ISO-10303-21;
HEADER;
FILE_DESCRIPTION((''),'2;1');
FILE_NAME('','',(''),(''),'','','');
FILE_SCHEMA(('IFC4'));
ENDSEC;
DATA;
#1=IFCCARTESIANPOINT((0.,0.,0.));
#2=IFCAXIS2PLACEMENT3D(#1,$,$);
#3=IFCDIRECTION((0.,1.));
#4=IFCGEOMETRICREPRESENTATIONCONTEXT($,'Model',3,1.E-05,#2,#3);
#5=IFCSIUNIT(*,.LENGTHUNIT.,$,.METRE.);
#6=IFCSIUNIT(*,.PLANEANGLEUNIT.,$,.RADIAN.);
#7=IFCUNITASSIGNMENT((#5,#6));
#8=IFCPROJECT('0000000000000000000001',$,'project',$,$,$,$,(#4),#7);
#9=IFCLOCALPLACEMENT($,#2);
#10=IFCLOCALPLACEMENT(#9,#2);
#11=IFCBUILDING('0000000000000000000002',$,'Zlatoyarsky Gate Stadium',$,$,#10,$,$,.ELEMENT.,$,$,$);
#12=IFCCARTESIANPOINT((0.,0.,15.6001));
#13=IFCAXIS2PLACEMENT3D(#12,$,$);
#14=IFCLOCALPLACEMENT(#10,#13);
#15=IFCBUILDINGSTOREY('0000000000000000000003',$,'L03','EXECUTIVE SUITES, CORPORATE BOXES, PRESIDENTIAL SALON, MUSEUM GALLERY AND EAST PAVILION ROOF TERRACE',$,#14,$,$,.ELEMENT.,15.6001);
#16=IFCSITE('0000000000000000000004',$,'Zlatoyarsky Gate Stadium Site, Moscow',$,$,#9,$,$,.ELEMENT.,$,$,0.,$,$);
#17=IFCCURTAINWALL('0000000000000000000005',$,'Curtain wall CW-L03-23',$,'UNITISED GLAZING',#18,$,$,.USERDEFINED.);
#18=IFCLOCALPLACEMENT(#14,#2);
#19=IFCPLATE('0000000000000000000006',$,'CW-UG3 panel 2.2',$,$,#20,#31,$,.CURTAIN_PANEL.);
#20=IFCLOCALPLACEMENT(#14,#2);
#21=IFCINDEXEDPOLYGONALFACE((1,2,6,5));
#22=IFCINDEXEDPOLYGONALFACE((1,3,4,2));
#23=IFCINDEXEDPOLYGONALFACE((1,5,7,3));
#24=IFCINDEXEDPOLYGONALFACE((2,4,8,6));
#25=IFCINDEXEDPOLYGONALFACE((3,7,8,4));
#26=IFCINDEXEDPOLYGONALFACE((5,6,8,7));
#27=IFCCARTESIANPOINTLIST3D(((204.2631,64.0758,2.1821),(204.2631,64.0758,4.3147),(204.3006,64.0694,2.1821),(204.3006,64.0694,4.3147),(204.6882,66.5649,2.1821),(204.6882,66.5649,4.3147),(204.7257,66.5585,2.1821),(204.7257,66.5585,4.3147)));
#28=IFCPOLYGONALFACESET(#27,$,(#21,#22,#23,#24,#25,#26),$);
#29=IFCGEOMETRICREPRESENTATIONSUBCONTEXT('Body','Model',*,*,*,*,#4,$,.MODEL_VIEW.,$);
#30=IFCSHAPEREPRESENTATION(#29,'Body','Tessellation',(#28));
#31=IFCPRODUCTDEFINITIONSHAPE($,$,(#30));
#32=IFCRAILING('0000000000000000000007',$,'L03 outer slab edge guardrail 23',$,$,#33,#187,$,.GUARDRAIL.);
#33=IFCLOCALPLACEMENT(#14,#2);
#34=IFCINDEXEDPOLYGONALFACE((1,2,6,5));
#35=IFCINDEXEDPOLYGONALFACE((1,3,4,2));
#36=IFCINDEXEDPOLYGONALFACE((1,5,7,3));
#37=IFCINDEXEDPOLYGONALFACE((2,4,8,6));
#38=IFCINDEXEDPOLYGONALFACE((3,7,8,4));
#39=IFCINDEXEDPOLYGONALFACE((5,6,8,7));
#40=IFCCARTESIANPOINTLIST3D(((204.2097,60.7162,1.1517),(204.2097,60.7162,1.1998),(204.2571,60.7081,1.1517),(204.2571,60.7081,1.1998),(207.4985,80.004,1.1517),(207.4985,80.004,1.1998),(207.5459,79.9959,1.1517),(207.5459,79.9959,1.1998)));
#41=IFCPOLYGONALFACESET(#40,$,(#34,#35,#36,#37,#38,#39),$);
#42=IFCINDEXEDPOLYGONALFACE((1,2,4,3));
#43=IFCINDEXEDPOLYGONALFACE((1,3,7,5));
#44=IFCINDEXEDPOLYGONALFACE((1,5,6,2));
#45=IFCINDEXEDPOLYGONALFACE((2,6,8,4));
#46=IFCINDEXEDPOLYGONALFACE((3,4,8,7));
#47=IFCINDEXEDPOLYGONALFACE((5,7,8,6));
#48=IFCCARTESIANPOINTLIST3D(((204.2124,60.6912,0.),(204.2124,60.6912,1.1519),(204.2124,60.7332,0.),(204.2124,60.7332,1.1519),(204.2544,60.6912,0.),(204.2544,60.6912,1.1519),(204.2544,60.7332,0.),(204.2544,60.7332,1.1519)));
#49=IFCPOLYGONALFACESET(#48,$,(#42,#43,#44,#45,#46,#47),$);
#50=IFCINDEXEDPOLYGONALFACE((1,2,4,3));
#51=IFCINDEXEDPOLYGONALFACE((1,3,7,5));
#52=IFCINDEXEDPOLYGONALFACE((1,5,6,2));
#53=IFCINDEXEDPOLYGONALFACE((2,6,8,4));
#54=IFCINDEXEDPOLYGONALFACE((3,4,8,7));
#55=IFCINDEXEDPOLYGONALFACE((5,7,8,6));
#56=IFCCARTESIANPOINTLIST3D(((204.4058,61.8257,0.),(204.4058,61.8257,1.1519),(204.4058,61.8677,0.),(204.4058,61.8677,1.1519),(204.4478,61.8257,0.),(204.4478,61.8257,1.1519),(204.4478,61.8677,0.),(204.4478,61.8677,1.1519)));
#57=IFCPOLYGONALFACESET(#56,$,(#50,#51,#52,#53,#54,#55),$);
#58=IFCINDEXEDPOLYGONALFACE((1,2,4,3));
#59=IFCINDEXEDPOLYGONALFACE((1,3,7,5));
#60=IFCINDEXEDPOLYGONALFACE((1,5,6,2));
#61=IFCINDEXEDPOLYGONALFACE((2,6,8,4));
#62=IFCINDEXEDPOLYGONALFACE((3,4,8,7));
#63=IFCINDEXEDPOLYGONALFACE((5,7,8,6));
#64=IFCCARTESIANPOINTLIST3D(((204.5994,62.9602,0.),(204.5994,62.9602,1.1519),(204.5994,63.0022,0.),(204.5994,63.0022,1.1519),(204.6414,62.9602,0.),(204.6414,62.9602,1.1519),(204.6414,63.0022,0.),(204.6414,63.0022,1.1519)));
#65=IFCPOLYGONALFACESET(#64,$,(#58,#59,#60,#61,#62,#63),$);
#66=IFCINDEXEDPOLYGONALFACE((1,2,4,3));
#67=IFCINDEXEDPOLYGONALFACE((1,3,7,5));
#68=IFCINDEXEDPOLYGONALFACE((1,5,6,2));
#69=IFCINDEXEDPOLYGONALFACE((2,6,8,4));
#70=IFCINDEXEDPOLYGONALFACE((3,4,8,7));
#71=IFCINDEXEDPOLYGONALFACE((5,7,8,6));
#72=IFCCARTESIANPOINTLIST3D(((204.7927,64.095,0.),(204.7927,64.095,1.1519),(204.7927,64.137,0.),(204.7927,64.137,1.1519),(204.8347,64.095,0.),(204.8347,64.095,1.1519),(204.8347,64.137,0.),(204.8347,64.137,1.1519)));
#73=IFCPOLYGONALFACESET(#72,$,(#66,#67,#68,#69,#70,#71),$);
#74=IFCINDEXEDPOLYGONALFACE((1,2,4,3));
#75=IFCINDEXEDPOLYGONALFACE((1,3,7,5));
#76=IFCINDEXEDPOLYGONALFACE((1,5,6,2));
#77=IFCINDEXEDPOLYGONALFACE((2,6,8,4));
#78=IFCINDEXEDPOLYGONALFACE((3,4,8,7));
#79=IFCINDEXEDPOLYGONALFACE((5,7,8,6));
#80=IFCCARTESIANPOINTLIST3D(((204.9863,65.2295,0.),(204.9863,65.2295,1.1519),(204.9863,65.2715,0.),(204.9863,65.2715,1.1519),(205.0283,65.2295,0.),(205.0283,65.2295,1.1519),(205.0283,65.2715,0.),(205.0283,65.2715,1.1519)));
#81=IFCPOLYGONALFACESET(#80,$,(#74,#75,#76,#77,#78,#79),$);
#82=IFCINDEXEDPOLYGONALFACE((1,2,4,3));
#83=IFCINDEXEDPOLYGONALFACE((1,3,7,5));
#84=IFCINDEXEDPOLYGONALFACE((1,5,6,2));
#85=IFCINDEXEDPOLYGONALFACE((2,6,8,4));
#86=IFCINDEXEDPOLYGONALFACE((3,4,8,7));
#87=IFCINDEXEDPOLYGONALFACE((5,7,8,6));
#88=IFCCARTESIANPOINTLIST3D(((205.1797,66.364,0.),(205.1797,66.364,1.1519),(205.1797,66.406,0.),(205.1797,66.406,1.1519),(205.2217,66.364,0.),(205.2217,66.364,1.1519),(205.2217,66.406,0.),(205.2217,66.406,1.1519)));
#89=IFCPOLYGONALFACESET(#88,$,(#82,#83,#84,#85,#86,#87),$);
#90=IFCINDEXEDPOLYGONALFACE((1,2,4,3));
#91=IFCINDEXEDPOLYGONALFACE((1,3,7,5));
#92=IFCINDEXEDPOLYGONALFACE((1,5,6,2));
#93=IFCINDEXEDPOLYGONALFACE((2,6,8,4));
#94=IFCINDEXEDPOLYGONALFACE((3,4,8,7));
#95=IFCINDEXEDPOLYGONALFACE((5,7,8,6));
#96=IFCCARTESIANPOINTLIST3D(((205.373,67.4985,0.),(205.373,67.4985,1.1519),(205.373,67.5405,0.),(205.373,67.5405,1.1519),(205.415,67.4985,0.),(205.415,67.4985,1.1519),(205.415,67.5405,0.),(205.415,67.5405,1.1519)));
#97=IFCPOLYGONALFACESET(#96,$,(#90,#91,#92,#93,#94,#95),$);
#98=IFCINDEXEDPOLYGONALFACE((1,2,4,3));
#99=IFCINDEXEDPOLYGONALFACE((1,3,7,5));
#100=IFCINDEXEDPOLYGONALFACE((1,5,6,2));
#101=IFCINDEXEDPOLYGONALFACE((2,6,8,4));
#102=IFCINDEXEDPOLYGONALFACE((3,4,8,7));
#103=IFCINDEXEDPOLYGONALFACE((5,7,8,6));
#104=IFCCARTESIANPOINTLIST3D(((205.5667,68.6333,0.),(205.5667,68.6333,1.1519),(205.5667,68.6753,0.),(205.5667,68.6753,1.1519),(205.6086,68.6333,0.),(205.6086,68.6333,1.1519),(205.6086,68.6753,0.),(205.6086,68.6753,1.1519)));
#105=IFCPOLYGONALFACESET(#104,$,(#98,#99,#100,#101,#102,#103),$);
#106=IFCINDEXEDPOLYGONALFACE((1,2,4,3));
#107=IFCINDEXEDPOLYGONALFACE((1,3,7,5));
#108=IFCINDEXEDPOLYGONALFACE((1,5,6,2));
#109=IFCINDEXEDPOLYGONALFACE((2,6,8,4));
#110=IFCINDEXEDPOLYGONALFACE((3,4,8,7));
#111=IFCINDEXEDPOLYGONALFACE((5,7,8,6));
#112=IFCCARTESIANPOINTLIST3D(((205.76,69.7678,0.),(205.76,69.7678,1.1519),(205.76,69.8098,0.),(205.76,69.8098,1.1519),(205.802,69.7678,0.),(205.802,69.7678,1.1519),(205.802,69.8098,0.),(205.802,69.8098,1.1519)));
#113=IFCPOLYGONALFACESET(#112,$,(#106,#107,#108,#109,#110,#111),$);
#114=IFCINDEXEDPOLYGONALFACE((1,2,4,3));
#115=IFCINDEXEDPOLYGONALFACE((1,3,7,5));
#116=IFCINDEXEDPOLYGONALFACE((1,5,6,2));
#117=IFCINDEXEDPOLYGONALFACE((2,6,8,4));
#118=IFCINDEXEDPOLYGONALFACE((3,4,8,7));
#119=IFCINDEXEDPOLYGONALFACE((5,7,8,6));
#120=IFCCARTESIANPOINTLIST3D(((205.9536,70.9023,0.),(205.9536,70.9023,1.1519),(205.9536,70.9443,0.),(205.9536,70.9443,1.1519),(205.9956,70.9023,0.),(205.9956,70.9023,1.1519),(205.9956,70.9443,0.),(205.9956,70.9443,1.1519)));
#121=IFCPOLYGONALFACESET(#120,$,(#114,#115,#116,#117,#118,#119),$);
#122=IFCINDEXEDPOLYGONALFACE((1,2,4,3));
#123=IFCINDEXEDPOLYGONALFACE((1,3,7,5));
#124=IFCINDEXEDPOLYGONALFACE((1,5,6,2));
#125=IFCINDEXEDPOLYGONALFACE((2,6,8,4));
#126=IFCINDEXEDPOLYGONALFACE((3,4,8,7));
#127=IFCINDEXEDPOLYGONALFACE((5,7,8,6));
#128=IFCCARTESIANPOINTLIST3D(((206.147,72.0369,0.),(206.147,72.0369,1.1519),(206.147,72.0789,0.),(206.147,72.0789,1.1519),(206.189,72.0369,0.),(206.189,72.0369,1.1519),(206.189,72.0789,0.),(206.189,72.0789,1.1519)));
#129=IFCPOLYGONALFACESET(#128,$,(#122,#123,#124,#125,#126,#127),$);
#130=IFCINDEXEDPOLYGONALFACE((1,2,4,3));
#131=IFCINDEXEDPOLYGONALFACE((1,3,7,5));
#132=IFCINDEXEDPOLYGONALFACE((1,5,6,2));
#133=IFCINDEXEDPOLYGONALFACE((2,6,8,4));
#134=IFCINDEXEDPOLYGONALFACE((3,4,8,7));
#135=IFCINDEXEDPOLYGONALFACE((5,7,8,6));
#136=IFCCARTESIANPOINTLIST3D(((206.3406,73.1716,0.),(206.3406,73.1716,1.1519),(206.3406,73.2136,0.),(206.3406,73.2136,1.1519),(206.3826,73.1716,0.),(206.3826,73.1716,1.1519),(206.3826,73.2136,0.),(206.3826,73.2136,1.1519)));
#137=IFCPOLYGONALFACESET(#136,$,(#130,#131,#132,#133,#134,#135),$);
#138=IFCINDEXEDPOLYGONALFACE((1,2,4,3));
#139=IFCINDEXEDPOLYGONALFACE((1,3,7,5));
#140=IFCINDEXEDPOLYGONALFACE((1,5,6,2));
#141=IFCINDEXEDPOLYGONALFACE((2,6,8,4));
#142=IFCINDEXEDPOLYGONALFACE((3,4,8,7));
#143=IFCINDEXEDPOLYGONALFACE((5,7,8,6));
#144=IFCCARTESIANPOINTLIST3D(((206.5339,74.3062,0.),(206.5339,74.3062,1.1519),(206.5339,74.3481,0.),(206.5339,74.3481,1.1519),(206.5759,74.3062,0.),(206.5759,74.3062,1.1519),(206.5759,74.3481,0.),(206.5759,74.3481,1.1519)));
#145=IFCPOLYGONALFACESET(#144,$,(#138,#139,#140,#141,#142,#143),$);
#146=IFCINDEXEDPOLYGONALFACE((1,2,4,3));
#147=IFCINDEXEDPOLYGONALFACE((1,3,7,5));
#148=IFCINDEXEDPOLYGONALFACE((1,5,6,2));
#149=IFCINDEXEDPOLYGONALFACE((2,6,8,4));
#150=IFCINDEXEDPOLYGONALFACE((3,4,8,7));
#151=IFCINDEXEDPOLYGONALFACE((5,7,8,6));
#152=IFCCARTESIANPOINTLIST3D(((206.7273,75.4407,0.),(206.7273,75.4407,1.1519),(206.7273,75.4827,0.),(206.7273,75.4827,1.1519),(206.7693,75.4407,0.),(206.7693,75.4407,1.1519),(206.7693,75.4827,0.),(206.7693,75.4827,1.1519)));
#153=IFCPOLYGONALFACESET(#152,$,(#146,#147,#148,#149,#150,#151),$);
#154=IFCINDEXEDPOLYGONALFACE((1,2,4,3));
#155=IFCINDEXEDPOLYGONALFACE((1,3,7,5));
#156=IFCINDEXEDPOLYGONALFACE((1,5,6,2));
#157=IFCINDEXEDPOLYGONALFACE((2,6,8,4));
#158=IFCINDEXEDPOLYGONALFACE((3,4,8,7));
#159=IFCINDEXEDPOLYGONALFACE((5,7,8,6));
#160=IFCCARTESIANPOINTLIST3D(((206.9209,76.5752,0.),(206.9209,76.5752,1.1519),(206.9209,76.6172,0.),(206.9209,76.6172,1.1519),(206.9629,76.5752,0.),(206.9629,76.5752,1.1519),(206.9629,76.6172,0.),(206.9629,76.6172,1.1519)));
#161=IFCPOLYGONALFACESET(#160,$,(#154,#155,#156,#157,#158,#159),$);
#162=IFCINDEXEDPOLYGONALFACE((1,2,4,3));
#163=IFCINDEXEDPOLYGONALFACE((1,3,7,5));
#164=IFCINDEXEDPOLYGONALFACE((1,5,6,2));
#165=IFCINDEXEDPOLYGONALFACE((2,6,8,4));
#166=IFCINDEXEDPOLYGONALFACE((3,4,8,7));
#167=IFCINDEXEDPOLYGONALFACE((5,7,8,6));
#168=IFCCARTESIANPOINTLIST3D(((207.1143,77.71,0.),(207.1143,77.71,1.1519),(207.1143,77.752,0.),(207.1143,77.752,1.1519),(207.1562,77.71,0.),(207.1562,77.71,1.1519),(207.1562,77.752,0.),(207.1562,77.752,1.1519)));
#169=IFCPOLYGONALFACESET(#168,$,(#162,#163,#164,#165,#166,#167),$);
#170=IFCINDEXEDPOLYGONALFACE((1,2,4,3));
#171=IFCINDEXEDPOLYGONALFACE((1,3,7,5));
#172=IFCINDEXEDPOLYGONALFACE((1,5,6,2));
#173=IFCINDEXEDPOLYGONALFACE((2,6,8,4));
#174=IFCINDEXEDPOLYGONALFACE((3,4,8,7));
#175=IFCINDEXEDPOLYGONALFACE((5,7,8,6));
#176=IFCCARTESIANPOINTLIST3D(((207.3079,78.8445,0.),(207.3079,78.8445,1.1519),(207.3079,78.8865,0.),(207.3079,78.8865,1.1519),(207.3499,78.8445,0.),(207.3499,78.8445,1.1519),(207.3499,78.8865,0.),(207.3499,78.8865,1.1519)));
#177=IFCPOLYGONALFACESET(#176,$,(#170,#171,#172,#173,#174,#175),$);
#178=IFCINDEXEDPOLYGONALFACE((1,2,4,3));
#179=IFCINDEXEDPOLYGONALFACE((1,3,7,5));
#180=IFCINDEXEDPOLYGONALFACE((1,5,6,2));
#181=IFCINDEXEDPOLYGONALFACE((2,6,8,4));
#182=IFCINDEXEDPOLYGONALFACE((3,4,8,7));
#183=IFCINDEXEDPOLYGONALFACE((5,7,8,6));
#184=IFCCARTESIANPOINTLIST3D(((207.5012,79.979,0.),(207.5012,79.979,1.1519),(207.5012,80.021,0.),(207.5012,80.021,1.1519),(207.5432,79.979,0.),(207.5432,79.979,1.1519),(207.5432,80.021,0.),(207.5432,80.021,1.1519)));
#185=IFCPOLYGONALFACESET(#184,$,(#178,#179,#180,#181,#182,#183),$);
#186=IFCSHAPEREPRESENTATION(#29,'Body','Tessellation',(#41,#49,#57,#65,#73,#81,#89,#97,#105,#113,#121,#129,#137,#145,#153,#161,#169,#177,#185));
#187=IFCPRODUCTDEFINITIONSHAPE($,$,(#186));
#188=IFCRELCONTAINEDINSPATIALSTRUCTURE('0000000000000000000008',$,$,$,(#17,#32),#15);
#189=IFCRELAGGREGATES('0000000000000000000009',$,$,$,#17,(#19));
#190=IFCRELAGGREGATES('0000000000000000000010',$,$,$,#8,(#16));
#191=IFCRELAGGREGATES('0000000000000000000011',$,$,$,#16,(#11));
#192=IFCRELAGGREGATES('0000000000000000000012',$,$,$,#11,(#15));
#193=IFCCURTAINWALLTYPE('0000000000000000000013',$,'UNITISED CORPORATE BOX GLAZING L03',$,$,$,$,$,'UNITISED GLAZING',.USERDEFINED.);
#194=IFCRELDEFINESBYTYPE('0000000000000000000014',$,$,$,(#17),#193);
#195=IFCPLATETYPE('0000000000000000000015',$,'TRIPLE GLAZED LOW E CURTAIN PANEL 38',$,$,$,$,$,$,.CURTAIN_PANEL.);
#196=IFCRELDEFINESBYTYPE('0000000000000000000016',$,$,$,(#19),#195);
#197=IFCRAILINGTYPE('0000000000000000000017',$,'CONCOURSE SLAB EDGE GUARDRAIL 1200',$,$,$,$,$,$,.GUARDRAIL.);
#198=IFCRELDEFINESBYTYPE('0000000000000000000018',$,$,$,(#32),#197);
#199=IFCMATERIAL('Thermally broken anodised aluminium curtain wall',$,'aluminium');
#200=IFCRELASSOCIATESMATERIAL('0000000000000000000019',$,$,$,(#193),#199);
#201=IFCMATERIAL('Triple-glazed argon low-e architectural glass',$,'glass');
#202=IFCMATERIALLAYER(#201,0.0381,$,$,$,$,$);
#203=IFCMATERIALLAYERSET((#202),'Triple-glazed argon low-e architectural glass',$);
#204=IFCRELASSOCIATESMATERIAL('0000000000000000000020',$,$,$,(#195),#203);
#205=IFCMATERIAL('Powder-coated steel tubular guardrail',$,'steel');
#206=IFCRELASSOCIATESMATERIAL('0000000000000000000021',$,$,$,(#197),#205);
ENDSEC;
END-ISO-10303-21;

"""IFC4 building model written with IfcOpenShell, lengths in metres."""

from ifc_helpers import new_model, si_unit, direction, frame, origin, origin_2d, place, context, subcontext, project, spatial, rectangle, extrude, material, layer, layer_set, type_object, element, aggregate, save


model = new_model("IFC4")

# Units and contexts
model_context = context("Model", 3, precision=1e-05, world=origin(), true_north=direction((0.0, 1.0)))
body_context = subcontext(model_context, "Body", "Model", "MODEL_VIEW")
ifc_project = project(units=[si_unit("LENGTHUNIT", "METRE"), si_unit("PLANEANGLEUNIT", "RADIAN")], contexts=[model_context])

# Site, building, storey
site_placement = place(None, origin())
site = spatial("IfcSite", under=ifc_project, at=site_placement, Name="Zlatoyarsky Gate Stadium Site, Moscow", CompositionType="ELEMENT", RefElevation=0.0)
building_placement = place(site_placement, origin())
building = spatial("IfcBuilding", under=site, at=building_placement, Name="Zlatoyarsky Gate Stadium", CompositionType="ELEMENT")
storey_placement = place(building_placement, frame((0.0, 0.0, 15.6001)))
storey = spatial("IfcBuildingStorey", under=building, at=storey_placement, Name="L03", Description="EXECUTIVE SUITES, CORPORATE BOXES, PRESIDENTIAL SALON, MUSEUM GALLERY AND EAST PAVILION ROOF TERRACE", CompositionType="ELEMENT", Elevation=15.6001)

# Shared definitions
ifc_material_1 = material(Name="Thermally broken anodised aluminium curtain wall", Category="aluminium")
curtain_wall_type = type_object("IfcCurtainWallType", Name="UNITISED CORPORATE BOX GLAZING L03", ElementType="UNITISED GLAZING", PredefinedType="USERDEFINED", material=ifc_material_1)

# Curtain wall
curtain_wall_1_placement = place(storey_placement, origin())
curtain_wall_1 = element("IfcCurtainWall", 1, at=curtain_wall_1_placement, inside=storey, type_object=curtain_wall_type, Name="Curtain wall CW-L03-23", ObjectType="UNITISED GLAZING", PredefinedType="USERDEFINED")

# Plate
ifc_material_2 = material(Name="Triple-glazed argon low-e architectural glass", Category="glass")
ifc_layer_1 = layer(ifc_material_2, 0.0381)
ifc_layer_set_1 = layer_set([ifc_layer_1], Name="Triple-glazed argon low-e architectural glass")
plate_type_1 = type_object("IfcPlateType", Name="TRIPLE GLAZED LOW E CURTAIN PANEL 38", PredefinedType="CURTAIN_PANEL", material=ifc_layer_set_1)
plate_1_placement = place(storey_placement, frame((204.4944, 65.3171, 2.1821), z_axis=(0.0, 0.0, 1.0), x_axis=(0.168356, 0.985726, 0.0)))
plate_1 = element("IfcPlate", 2, at=plate_1_placement, type_object=plate_type_1, Name="CW-UG3 panel 2.2", PredefinedType="CURTAIN_PANEL", context=body_context, shape_type="SweptSolid", body=[
    extrude(rectangle(XDim=2.5251, YDim=0.0381, at=origin_2d()), origin(), (0.0, 0.0, 1.0), 2.1326),
])
aggregate(curtain_wall_1, [plate_1])

# Railing
ifc_material_3 = material(Name="Powder-coated steel tubular guardrail", Category="steel")
railing_type = type_object("IfcRailingType", Name="CONCOURSE SLAB EDGE GUARDRAIL 1200", PredefinedType="GUARDRAIL", material=ifc_material_3)
railing_placement = place(storey_placement, frame((204.2334, 60.7122, 0.0)))
element("IfcRailing", 3, at=railing_placement, inside=storey, type_object=railing_type, Name="L03 outer slab edge guardrail 23", PredefinedType="GUARDRAIL", context=body_context, shape_type="SweptSolid", body=[
    extrude(rectangle(XDim=0.0481, YDim=0.0481, at=origin_2d()), frame((0.0, 0.0, 1.1758), z_axis=(0.168087, 0.985772, 0.0), x_axis=(-0.985772, 0.168087, 0.0)), (0.0, 0.0, 1.0), 19.5662),
    extrude(rectangle(XDim=0.042, YDim=0.042, at=origin_2d()), origin(), (0.0, 0.0, 1.0), 1.1519),
    extrude(rectangle(XDim=0.042, YDim=0.042, at=origin_2d()), frame((0.1934, 1.1345, 0.0)), (0.0, 0.0, 1.0), 1.1519),
    extrude(rectangle(XDim=0.042, YDim=0.042, at=origin_2d()), frame((0.387, 2.269, 0.0)), (0.0, 0.0, 1.0), 1.1519),
    extrude(rectangle(XDim=0.042, YDim=0.042, at=origin_2d()), frame((0.5803, 3.4038, 0.0)), (0.0, 0.0, 1.0), 1.1519),
    extrude(rectangle(XDim=0.042, YDim=0.042, at=origin_2d()), frame((0.7739, 4.5383, 0.0)), (0.0, 0.0, 1.0), 1.1519),
    extrude(rectangle(XDim=0.042, YDim=0.042, at=origin_2d()), frame((0.9673, 5.6729, 0.0)), (0.0, 0.0, 1.0), 1.1519),
    extrude(rectangle(XDim=0.042, YDim=0.042, at=origin_2d()), frame((1.1606, 6.8074, 0.0)), (0.0, 0.0, 1.0), 1.1519),
    extrude(rectangle(XDim=0.042, YDim=0.042, at=origin_2d()), frame((1.3542, 7.9421, 0.0)), (0.0, 0.0, 1.0), 1.1519),
    extrude(rectangle(XDim=0.042, YDim=0.042, at=origin_2d()), frame((1.5476, 9.0767, 0.0)), (0.0, 0.0, 1.0), 1.1519),
    extrude(rectangle(XDim=0.042, YDim=0.042, at=origin_2d()), frame((1.7412, 10.2112, 0.0)), (0.0, 0.0, 1.0), 1.1519),
    extrude(rectangle(XDim=0.042, YDim=0.042, at=origin_2d()), frame((1.9346, 11.3457, 0.0)), (0.0, 0.0, 1.0), 1.1519),
    extrude(rectangle(XDim=0.042, YDim=0.042, at=origin_2d()), frame((2.1282, 12.4805, 0.0)), (0.0, 0.0, 1.0), 1.1519),
    extrude(rectangle(XDim=0.042, YDim=0.042, at=origin_2d()), frame((2.3215, 13.615, 0.0)), (0.0, 0.0, 1.0), 1.1519),
    extrude(rectangle(XDim=0.042, YDim=0.042, at=origin_2d()), frame((2.5149, 14.7495, 0.0)), (0.0, 0.0, 1.0), 1.1519),
    extrude(rectangle(XDim=0.042, YDim=0.042, at=origin_2d()), frame((2.7085, 15.884, 0.0)), (0.0, 0.0, 1.0), 1.1519),
    extrude(rectangle(XDim=0.042, YDim=0.042, at=origin_2d()), frame((2.9019, 17.0188, 0.0)), (0.0, 0.0, 1.0), 1.1519),
    extrude(rectangle(XDim=0.042, YDim=0.042, at=origin_2d()), frame((3.0955, 18.1533, 0.0)), (0.0, 0.0, 1.0), 1.1519),
    extrude(rectangle(XDim=0.042, YDim=0.042, at=origin_2d()), frame((3.2888, 19.2878, 0.0)), (0.0, 0.0, 1.0), 1.1519),
])

save(model, "model.ifc")
